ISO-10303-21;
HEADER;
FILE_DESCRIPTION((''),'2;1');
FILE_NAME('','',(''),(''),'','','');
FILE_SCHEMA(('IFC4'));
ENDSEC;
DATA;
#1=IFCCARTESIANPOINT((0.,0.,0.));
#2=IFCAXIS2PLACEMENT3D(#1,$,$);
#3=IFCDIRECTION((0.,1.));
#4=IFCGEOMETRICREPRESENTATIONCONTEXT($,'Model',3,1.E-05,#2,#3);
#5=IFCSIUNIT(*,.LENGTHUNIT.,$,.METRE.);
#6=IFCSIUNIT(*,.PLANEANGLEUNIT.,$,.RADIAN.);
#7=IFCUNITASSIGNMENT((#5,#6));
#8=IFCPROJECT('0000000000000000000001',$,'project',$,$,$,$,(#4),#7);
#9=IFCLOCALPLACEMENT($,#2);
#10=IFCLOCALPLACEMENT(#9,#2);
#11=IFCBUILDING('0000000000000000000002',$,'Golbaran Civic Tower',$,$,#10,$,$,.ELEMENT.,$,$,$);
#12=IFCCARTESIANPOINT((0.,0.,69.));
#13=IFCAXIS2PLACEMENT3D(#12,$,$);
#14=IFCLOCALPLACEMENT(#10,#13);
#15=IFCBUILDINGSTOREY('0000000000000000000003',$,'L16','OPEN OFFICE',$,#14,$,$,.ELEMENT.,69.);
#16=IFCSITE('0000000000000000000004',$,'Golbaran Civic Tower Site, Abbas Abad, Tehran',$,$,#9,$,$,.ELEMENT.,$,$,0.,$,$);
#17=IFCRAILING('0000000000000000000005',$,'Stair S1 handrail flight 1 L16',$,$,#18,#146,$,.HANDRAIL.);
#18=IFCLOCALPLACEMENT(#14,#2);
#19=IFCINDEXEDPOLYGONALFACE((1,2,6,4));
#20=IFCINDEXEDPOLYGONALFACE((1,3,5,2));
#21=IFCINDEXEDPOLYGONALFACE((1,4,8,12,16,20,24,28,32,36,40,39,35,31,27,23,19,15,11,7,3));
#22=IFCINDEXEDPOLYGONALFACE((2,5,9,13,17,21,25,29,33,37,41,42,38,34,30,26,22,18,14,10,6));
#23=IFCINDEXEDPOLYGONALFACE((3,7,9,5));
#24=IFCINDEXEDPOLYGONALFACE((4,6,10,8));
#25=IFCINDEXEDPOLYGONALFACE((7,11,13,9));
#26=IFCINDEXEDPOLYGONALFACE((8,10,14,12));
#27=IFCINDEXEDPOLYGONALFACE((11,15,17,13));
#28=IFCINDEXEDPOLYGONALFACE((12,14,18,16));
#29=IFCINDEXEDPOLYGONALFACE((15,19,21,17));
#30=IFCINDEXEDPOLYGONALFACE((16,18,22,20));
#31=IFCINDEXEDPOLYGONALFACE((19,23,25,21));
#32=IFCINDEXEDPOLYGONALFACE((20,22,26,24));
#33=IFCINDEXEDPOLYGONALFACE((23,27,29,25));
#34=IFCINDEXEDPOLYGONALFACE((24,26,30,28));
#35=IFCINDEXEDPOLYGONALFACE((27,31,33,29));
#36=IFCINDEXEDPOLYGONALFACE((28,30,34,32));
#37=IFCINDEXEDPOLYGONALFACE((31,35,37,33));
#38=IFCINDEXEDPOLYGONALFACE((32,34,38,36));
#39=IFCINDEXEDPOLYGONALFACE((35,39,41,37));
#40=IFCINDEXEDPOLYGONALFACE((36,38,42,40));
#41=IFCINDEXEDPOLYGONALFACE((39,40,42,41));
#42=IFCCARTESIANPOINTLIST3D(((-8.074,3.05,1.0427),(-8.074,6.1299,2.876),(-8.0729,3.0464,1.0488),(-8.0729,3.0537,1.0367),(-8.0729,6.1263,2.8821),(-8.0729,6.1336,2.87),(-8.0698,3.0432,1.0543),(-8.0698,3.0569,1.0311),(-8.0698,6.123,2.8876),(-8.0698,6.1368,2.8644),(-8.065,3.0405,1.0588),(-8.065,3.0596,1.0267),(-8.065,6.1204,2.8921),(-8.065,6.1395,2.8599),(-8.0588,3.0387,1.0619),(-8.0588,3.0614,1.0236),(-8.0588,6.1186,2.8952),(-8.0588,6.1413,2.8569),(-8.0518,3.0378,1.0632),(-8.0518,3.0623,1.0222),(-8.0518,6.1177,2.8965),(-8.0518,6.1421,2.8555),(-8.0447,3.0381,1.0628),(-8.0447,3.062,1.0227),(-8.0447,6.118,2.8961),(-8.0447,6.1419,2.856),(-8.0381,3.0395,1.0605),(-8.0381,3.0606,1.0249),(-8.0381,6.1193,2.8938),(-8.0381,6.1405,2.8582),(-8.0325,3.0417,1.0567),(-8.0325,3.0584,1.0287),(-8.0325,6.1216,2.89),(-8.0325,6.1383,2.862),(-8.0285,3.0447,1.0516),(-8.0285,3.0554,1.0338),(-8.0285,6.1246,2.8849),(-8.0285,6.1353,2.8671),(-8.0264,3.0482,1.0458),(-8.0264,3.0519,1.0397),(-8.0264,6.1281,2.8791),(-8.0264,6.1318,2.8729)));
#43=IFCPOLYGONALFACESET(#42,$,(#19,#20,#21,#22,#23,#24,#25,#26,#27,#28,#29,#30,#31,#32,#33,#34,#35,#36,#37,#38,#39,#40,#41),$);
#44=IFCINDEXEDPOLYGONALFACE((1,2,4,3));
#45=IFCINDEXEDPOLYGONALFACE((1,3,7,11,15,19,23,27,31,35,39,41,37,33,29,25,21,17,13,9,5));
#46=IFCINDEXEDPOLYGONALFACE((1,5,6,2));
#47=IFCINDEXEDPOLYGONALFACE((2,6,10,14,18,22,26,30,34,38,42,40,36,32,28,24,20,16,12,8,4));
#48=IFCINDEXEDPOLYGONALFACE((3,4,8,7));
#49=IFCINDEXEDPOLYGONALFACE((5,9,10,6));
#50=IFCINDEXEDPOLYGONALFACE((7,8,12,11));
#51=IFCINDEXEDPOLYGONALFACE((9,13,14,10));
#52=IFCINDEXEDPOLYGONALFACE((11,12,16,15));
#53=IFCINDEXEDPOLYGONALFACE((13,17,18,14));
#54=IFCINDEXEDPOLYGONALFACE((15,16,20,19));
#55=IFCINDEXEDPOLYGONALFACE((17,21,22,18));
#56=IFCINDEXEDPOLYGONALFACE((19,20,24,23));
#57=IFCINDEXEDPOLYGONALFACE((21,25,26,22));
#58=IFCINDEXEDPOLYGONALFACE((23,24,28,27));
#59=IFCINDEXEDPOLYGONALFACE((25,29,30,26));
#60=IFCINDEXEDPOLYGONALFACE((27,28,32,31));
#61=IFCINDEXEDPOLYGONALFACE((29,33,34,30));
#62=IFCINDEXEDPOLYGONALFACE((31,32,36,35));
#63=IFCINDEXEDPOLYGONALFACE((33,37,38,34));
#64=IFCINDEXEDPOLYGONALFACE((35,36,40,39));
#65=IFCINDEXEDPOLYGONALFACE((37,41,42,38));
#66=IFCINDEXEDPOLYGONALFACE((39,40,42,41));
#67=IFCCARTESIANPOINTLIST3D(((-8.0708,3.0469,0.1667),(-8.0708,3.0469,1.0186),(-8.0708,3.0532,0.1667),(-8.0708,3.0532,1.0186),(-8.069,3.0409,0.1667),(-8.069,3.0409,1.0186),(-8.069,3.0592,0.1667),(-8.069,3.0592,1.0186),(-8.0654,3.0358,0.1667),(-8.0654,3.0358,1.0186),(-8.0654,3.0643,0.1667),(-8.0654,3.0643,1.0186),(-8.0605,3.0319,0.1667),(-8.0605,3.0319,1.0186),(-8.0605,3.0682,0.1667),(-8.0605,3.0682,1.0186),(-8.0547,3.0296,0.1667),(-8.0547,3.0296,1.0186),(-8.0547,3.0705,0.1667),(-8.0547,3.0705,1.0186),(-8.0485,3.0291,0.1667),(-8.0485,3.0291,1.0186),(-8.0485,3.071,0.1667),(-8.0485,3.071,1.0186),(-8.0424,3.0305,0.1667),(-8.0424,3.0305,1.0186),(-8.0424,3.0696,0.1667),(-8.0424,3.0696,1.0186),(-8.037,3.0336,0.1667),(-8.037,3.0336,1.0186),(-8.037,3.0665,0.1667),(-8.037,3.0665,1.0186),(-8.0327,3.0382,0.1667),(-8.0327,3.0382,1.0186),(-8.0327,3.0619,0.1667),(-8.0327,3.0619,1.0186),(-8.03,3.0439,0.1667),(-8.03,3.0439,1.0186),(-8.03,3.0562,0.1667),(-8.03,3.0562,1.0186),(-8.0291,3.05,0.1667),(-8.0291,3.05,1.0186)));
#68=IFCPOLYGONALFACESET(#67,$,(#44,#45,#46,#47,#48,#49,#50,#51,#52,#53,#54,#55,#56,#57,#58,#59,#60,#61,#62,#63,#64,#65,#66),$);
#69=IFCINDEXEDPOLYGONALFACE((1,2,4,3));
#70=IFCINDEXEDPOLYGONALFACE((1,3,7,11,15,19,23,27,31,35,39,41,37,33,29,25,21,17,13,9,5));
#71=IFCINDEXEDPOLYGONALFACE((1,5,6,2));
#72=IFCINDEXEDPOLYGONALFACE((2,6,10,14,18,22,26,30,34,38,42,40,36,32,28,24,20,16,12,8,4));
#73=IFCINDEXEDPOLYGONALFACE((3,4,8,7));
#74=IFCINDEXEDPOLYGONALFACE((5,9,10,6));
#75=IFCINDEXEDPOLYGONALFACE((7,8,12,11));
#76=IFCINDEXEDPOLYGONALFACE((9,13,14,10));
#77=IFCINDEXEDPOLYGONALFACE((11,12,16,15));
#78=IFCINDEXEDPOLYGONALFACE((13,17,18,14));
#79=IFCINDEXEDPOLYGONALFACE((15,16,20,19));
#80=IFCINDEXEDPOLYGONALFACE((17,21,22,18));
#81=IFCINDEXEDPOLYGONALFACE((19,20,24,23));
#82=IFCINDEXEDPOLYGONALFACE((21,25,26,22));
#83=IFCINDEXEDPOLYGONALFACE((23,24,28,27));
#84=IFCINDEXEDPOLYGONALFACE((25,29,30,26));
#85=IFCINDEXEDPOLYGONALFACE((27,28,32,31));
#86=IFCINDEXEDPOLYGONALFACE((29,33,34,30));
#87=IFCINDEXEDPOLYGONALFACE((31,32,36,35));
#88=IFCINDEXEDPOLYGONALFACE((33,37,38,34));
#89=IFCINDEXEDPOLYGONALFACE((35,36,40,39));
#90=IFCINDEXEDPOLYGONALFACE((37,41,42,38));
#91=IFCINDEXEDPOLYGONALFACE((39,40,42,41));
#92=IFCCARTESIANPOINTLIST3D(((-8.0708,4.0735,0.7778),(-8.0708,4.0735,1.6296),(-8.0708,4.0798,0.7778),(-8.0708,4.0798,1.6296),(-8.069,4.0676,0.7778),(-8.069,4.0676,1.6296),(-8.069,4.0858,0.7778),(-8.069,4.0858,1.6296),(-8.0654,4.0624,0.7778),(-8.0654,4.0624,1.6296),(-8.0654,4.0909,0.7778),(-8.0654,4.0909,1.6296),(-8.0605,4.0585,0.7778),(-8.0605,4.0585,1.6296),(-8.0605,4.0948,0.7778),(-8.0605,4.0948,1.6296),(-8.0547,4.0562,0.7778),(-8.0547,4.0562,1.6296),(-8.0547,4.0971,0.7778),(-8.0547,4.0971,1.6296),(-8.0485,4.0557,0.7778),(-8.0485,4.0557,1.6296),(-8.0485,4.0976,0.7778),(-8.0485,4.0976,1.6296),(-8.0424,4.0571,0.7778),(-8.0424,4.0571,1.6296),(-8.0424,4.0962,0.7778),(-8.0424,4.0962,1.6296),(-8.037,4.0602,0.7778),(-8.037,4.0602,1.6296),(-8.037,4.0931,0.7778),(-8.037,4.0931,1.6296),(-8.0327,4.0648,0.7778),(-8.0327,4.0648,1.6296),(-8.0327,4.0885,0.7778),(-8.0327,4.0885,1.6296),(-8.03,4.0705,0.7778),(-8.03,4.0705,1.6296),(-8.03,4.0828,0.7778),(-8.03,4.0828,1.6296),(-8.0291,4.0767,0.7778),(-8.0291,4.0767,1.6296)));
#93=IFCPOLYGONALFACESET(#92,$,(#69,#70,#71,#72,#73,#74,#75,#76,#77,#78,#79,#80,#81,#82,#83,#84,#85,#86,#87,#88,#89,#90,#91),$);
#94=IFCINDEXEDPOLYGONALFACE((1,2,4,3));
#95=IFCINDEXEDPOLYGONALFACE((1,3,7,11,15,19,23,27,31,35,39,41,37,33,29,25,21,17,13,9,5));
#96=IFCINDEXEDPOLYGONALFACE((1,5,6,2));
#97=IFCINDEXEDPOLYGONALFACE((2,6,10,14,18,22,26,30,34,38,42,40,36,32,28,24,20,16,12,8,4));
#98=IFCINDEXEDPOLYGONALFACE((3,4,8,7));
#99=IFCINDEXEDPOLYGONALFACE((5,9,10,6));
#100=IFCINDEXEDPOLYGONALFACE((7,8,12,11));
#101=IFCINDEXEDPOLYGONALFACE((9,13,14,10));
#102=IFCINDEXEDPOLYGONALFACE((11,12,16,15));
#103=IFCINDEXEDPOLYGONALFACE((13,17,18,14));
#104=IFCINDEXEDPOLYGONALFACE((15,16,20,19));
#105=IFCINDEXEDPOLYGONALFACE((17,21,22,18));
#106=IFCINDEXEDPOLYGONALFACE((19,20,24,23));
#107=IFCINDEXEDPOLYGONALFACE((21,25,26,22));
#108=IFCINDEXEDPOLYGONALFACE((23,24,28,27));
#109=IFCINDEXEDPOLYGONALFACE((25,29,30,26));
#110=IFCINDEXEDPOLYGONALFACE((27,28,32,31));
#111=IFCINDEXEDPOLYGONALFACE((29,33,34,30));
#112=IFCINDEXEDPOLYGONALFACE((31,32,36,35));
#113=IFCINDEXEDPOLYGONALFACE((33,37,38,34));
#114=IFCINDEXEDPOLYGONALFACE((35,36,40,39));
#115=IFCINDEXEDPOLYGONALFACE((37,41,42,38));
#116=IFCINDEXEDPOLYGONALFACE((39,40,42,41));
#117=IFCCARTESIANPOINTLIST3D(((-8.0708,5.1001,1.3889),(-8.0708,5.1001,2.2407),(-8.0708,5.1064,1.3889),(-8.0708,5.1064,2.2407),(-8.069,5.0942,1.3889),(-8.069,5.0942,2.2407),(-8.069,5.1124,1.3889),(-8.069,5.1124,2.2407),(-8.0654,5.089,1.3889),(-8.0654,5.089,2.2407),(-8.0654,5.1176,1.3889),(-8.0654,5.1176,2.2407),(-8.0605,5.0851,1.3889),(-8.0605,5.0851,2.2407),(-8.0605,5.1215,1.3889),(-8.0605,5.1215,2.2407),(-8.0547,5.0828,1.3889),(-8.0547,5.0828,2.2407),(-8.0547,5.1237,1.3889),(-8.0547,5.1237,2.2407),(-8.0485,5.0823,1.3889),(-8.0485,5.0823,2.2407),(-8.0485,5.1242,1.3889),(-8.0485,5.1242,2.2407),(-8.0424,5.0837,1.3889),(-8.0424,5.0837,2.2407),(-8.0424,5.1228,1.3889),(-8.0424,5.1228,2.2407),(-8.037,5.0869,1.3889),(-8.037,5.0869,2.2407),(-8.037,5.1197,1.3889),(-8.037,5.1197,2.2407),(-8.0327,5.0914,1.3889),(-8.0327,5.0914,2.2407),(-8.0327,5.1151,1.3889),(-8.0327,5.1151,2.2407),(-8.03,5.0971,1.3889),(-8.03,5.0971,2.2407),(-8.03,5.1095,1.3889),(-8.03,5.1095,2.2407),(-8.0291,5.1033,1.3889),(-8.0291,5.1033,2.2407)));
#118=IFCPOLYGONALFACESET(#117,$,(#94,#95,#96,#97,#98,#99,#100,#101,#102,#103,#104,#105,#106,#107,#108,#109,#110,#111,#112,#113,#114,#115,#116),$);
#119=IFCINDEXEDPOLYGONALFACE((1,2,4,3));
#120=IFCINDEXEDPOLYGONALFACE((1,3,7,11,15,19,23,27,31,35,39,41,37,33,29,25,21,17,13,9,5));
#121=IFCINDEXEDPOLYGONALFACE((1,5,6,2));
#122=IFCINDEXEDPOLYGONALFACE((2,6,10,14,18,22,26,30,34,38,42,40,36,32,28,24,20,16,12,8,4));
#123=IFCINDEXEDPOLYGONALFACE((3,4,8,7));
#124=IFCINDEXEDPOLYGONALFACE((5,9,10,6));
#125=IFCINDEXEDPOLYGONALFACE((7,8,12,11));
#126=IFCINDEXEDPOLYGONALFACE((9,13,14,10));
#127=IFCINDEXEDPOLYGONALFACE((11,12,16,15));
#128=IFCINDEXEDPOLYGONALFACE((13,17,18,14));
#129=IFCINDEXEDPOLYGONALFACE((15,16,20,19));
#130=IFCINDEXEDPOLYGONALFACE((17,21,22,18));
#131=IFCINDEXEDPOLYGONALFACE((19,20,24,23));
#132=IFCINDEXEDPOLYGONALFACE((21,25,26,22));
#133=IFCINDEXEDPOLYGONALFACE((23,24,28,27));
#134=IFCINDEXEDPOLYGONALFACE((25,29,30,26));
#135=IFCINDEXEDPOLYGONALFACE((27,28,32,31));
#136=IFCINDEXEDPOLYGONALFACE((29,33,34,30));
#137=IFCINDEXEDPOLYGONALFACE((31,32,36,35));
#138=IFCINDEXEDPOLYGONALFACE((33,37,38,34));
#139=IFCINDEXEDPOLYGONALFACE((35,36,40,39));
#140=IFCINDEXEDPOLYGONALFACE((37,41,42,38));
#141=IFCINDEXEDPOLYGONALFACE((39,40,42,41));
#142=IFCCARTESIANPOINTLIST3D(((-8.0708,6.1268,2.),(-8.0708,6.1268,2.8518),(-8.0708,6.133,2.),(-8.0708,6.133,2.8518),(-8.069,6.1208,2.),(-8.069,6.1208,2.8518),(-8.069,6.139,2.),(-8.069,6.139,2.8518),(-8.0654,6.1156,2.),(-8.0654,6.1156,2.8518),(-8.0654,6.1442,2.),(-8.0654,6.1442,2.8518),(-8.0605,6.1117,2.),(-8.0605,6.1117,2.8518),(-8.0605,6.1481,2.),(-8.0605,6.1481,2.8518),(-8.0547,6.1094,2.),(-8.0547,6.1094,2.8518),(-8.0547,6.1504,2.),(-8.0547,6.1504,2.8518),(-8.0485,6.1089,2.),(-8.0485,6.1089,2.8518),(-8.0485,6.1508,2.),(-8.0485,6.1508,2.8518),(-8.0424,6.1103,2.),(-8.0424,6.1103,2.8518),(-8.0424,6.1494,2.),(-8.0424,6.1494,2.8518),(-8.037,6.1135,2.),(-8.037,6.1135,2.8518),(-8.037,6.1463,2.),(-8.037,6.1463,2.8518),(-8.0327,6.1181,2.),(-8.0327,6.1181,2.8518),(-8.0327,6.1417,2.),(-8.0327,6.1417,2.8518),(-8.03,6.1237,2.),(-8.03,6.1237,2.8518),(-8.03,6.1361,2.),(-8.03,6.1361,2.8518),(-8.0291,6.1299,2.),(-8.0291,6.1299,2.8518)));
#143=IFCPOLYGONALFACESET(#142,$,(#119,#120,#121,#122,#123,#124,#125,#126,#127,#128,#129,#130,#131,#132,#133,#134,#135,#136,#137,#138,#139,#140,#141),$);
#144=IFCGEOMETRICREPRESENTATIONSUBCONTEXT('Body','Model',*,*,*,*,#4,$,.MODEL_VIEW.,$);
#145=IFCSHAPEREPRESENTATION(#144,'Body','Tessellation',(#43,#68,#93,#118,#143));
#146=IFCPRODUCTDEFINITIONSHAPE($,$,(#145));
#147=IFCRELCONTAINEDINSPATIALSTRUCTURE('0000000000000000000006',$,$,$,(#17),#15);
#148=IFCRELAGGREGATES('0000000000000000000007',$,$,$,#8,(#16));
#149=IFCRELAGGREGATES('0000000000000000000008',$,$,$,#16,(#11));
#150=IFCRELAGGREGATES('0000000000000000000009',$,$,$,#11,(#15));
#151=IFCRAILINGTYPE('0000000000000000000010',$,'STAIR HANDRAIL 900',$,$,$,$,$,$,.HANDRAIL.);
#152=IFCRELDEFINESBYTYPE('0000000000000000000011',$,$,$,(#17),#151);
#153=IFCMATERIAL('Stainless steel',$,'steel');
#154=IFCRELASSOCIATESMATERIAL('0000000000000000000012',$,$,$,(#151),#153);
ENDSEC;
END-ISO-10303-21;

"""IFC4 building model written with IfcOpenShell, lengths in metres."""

from ifc_helpers import new_model, si_unit, direction, frame, origin, origin_2d, place, context, subcontext, project, spatial, circle, extrude, material, type_object, element, save


model = new_model("IFC4")

# Units and contexts
model_context = context("Model", 3, precision=1e-05, world=origin(), true_north=direction((0.0, 1.0)))
body_context = subcontext(model_context, "Body", "Model", "MODEL_VIEW")
ifc_project = project(units=[si_unit("LENGTHUNIT", "METRE"), si_unit("PLANEANGLEUNIT", "RADIAN")], contexts=[model_context])

# Site, building, storey
site_placement = place(None, origin())
site = spatial("IfcSite", under=ifc_project, at=site_placement, Name="Golbaran Civic Tower Site, Abbas Abad, Tehran", CompositionType="ELEMENT", RefElevation=0.0)
building_placement = place(site_placement, origin())
building = spatial("IfcBuilding", under=site, at=building_placement, Name="Golbaran Civic Tower", CompositionType="ELEMENT")
storey_placement = place(building_placement, frame((0.0, 0.0, 69.0)))
storey = spatial("IfcBuildingStorey", under=building, at=storey_placement, Name="L16", Description="OPEN OFFICE", CompositionType="ELEMENT", Elevation=69.0)

# Shared definitions
ifc_material_1 = material(Name="Stainless steel", Category="steel")

# Railing
railing_type = type_object("IfcRailingType", Name="STAIR HANDRAIL 900", PredefinedType="HANDRAIL", material=ifc_material_1)
railing_1_placement = place(storey_placement, frame((-8.05, 3.05, 0.1667)))
element("IfcRailing", 1, at=railing_1_placement, inside=storey, type_object=railing_type, Name="Stair S1 handrail flight 1 L16", PredefinedType="HANDRAIL", context=body_context, shape_type="SweptSolid", body=[
    extrude(circle(Radius=0.0239, at=origin_2d()), frame((0.0, 0.0, 0.876), z_axis=(0.0, 0.859291, 0.511487), x_axis=(-1.0, 0.0, 0.0)), (0.0, 0.0, 1.0), 3.5842),
    extrude(circle(Radius=0.021, at=origin_2d()), origin(), (0.0, 0.0, 1.0), 0.8518),
    extrude(circle(Radius=0.021, at=origin_2d()), frame((0.0, 1.0266, 0.6111)), (0.0, 0.0, 1.0), 0.8518),
    extrude(circle(Radius=0.021, at=origin_2d()), frame((0.0, 2.0532, 1.2222)), (0.0, 0.0, 1.0), 0.8518),
    extrude(circle(Radius=0.021, at=origin_2d()), frame((0.0, 3.0798, 1.8333)), (0.0, 0.0, 1.0), 0.8518),
])

save(model, "model.ifc")
